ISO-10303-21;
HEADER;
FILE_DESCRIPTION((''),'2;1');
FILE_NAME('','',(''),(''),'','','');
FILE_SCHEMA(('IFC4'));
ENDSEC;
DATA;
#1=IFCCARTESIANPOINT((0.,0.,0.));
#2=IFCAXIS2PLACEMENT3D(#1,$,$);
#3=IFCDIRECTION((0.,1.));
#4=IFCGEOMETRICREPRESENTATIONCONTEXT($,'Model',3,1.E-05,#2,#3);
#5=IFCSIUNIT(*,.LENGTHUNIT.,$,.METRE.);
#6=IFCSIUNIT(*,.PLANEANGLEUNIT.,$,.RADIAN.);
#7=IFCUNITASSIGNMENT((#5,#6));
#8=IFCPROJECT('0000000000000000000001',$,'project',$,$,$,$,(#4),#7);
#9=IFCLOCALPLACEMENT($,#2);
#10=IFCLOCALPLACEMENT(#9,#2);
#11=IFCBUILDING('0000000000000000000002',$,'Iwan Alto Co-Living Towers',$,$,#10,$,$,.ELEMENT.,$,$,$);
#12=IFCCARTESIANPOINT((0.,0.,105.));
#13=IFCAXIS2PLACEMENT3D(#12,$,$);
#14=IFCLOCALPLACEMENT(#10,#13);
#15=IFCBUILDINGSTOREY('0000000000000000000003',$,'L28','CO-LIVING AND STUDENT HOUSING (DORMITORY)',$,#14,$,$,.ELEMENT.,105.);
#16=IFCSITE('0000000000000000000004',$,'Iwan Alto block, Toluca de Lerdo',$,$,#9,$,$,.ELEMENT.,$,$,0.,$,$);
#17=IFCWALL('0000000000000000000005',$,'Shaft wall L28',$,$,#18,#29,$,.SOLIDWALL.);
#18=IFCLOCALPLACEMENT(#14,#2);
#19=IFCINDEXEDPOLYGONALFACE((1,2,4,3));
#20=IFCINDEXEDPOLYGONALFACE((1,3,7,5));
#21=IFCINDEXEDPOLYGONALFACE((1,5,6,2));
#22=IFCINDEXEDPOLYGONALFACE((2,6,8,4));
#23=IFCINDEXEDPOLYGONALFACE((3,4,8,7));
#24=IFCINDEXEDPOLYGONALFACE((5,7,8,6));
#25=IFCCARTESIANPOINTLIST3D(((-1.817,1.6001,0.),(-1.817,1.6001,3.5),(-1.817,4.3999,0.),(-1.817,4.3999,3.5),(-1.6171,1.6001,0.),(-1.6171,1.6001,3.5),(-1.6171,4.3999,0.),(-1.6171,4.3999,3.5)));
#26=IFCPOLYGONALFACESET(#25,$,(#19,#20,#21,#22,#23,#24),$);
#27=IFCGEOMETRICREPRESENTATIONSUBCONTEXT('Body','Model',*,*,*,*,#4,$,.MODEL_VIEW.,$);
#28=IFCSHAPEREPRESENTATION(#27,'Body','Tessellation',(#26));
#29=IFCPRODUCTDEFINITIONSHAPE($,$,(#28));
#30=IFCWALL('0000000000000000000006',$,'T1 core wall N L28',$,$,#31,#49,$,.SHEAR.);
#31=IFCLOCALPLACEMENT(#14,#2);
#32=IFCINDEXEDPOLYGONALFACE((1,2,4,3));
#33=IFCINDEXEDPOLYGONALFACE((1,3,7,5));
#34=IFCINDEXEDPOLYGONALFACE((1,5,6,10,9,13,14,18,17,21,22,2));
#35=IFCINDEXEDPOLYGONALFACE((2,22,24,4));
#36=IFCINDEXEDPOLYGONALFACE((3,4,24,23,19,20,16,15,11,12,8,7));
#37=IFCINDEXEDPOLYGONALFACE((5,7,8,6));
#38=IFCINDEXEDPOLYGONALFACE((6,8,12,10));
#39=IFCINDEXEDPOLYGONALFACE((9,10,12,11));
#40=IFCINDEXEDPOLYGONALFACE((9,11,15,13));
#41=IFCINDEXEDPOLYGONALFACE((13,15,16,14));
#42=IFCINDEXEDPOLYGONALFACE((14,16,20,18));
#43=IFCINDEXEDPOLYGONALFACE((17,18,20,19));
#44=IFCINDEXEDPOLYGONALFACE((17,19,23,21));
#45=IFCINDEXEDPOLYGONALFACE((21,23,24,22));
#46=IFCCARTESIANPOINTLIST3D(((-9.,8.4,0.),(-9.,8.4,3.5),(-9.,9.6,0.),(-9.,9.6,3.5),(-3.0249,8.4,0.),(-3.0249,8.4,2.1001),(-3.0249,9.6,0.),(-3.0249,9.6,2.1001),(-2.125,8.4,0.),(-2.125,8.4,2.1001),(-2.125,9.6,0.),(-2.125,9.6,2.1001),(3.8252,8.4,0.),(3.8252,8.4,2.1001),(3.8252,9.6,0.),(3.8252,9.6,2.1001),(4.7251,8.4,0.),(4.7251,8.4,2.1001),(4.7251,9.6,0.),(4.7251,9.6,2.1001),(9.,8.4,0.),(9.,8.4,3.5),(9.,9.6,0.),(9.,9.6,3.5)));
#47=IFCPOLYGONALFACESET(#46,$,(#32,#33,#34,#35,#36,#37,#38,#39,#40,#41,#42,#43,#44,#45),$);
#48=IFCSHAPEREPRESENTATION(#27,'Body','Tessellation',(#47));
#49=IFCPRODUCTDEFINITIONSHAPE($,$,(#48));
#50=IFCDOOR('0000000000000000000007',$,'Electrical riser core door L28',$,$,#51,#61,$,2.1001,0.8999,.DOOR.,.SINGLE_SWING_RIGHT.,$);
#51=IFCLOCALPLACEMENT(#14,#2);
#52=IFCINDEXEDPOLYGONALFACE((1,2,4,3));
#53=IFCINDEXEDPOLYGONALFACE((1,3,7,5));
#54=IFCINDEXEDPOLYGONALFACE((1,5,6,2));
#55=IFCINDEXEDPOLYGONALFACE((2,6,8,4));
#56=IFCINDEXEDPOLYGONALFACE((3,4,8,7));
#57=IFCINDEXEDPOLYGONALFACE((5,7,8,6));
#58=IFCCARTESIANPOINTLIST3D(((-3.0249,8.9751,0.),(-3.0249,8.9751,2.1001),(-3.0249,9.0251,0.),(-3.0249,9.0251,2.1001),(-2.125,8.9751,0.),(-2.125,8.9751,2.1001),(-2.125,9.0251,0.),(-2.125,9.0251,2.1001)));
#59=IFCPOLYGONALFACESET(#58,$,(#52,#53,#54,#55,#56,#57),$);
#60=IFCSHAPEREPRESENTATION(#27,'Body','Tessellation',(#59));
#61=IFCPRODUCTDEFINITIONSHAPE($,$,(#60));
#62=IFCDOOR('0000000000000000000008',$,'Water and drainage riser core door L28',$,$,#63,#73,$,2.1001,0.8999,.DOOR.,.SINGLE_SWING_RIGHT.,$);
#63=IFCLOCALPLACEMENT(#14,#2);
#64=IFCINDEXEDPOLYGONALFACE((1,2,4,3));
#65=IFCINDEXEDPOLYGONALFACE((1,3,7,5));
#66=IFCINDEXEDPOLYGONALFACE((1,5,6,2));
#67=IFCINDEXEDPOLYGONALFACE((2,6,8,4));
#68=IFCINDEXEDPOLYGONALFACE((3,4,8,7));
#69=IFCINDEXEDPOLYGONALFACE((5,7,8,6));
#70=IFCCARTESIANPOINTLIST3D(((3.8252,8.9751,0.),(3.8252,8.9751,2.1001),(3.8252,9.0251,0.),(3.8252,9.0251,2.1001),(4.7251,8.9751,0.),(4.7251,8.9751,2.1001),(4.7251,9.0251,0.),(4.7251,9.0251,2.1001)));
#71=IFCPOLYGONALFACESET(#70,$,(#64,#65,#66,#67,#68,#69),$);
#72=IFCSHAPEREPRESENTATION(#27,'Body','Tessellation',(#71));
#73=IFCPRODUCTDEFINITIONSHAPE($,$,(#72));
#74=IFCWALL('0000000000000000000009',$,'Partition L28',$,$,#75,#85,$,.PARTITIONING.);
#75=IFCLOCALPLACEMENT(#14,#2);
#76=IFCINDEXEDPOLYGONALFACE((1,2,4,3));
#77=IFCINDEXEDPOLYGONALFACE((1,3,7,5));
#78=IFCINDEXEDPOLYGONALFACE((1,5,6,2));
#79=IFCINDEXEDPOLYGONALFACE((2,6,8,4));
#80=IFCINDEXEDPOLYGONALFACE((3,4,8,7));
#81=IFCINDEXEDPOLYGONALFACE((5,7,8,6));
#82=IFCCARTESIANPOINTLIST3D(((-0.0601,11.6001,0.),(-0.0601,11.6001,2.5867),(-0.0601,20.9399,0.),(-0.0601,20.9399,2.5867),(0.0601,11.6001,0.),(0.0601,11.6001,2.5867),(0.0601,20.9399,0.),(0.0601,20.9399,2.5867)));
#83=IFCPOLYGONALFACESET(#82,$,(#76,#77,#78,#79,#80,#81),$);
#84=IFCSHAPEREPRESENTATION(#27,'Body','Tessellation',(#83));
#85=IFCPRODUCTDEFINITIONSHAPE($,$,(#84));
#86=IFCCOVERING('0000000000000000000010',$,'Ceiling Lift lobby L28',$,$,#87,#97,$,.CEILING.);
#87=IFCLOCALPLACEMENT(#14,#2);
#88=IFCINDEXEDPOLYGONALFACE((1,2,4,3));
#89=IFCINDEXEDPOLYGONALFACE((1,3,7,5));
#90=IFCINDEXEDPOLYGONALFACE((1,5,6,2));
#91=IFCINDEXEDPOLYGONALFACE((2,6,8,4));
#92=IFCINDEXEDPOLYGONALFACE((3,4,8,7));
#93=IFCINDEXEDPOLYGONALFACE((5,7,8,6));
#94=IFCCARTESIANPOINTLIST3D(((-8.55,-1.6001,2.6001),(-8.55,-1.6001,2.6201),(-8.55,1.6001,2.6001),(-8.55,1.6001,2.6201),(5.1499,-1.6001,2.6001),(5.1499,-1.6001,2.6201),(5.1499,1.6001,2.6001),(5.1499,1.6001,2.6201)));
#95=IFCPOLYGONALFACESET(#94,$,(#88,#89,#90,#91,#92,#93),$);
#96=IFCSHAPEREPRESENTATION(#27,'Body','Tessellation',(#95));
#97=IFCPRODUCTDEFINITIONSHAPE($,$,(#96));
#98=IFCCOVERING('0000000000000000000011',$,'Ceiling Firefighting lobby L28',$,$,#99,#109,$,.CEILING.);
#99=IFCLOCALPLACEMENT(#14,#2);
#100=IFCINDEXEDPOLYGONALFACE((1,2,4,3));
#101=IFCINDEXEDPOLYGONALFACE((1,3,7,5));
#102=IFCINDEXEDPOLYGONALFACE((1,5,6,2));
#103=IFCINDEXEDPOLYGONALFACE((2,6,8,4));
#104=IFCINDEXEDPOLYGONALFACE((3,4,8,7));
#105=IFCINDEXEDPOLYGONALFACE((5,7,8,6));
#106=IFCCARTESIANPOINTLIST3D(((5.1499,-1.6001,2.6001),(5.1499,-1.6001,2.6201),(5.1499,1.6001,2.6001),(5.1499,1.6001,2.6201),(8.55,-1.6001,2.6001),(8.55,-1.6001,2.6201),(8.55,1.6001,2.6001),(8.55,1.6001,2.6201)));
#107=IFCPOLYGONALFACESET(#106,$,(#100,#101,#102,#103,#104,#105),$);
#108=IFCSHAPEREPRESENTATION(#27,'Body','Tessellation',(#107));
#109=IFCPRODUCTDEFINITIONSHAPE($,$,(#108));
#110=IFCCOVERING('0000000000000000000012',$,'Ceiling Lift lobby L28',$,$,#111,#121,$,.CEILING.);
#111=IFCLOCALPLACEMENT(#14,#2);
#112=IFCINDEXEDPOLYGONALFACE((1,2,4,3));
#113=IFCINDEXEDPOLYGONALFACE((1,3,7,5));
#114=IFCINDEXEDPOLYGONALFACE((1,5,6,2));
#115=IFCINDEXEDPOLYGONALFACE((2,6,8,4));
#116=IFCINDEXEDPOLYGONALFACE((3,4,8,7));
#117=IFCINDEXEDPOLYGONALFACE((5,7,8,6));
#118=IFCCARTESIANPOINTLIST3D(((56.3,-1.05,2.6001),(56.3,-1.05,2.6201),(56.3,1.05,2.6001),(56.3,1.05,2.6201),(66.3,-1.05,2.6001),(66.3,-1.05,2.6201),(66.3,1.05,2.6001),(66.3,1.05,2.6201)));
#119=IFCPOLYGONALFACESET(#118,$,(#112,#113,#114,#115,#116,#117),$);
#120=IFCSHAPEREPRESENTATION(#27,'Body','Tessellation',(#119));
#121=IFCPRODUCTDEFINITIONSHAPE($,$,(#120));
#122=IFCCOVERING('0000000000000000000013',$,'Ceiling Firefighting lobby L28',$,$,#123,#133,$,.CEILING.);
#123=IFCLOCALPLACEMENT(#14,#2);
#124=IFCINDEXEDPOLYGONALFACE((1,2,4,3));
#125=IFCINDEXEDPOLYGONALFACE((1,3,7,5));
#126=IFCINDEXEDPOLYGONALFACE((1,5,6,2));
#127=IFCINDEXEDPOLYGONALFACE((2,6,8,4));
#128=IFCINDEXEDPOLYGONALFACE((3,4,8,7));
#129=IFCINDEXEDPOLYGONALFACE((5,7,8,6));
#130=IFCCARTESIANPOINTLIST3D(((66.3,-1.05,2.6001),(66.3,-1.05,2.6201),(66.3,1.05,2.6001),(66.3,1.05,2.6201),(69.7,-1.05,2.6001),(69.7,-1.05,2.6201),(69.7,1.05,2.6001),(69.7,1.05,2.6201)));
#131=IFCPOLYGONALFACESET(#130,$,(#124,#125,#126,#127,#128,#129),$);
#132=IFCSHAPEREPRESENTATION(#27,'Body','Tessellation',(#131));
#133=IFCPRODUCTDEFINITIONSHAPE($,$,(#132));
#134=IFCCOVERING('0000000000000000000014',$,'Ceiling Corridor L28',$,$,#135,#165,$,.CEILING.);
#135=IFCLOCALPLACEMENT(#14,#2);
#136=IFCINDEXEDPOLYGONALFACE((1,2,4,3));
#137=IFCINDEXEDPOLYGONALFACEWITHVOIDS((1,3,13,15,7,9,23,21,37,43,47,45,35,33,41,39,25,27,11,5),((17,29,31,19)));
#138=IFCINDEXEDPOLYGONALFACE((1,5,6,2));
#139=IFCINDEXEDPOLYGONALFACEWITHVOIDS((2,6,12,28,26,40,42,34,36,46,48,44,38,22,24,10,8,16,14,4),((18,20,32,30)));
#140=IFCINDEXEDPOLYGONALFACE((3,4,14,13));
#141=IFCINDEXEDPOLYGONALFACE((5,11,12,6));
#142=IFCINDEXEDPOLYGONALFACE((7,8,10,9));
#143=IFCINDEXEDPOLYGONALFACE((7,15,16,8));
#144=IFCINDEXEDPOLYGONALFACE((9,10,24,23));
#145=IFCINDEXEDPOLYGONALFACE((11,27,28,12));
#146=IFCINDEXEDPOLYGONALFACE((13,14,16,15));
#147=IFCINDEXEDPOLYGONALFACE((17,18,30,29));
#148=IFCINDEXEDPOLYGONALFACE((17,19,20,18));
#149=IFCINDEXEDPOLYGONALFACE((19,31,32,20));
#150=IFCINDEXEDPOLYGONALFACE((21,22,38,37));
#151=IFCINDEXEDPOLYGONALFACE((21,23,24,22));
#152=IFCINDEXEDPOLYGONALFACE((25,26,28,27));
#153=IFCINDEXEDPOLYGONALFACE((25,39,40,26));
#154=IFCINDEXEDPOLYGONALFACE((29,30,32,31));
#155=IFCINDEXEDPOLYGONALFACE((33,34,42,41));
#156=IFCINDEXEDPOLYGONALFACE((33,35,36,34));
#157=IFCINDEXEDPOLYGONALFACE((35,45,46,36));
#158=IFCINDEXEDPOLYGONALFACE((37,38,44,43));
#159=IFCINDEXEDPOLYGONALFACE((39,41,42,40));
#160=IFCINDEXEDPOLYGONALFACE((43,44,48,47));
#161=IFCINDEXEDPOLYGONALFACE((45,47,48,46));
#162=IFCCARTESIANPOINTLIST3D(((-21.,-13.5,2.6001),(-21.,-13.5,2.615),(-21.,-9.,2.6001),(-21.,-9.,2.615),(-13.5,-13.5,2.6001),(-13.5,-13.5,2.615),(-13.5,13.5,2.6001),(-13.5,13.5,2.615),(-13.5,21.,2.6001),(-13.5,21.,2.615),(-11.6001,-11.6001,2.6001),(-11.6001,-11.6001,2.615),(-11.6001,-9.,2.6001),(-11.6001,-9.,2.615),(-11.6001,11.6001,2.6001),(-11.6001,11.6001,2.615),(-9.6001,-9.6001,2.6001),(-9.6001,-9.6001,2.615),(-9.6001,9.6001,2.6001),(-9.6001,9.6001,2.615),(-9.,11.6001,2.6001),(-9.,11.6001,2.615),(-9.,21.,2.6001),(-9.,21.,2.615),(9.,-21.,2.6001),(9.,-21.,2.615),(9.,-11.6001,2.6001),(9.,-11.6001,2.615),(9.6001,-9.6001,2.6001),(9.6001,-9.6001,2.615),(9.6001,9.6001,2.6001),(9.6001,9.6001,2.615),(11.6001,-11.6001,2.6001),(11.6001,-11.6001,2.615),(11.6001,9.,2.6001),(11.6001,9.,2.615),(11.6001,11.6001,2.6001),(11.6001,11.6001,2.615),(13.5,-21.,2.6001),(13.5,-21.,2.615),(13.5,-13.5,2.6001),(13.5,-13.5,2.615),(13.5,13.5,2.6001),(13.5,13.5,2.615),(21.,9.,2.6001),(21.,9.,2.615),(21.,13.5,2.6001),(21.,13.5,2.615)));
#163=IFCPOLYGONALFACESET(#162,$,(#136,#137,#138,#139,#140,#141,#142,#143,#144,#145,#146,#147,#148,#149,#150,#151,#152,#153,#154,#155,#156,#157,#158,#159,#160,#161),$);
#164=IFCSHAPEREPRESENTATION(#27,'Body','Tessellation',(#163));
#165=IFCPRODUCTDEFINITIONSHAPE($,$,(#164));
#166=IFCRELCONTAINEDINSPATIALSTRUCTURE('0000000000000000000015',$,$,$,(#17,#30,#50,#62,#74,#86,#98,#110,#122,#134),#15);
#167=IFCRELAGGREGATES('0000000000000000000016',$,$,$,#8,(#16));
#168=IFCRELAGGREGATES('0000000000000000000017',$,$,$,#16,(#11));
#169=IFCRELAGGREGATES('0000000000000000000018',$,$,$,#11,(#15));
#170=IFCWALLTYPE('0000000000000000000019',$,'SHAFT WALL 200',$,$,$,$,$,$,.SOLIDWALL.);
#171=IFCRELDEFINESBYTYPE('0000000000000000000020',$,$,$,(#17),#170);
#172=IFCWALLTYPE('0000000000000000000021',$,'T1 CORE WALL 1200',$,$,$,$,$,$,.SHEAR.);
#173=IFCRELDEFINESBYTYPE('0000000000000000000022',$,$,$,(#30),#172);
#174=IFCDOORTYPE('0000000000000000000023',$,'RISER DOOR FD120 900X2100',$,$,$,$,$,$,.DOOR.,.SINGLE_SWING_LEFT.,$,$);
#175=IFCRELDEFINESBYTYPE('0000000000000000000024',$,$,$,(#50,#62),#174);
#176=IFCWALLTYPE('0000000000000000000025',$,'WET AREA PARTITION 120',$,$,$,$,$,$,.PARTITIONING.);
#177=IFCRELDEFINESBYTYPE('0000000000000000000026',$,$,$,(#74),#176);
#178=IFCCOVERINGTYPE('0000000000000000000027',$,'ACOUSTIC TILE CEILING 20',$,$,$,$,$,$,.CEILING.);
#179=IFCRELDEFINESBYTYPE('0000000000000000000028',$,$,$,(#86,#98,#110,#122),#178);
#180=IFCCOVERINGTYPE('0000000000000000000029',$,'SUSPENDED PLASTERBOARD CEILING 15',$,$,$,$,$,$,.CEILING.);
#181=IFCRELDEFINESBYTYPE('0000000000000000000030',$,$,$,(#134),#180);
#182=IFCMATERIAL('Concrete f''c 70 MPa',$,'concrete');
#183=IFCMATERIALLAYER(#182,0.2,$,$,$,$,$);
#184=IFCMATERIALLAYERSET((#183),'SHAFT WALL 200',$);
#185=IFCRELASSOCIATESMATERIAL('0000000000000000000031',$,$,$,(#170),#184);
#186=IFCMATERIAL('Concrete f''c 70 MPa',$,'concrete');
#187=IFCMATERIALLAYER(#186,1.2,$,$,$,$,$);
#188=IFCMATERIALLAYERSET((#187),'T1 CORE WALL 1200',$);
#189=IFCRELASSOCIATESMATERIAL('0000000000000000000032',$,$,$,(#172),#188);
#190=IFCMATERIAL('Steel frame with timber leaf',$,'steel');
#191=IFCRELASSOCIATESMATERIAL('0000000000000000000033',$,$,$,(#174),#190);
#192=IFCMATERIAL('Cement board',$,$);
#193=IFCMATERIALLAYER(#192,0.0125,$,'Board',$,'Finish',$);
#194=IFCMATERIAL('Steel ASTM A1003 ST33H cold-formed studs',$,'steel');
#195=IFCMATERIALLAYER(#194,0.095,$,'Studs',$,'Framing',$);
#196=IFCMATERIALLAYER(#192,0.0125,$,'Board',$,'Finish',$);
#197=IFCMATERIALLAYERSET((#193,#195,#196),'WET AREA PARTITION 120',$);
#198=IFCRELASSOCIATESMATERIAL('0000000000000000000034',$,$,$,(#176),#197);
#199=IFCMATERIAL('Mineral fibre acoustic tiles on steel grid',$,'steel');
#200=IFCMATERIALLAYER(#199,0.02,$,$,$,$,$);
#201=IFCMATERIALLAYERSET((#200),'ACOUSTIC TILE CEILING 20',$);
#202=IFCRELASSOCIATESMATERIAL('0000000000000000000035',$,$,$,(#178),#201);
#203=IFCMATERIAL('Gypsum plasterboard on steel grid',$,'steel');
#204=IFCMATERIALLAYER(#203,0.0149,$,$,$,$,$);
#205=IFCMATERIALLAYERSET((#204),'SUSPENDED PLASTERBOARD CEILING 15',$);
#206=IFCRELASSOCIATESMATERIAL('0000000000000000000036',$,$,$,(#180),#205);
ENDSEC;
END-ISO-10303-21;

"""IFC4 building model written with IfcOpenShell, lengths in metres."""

from ifc_helpers import new_model, si_unit, direction, frame, frame_2d, origin, place, context, subcontext, project, spatial, polyline, rectangle, outline, extrude, material, layer, layer_set, type_object, element, fill, save


model = new_model("IFC4")

# Units and contexts
model_context = context("Model", 3, precision=1e-05, world=origin(), true_north=direction((0.0, 1.0)))
body_context = subcontext(model_context, "Body", "Model", "MODEL_VIEW")
ifc_project = project(units=[si_unit("LENGTHUNIT", "METRE"), si_unit("PLANEANGLEUNIT", "RADIAN")], contexts=[model_context])

# Site, building, storey
site_placement = place(None, origin())
site = spatial("IfcSite", under=ifc_project, at=site_placement, Name="Iwan Alto block, Toluca de Lerdo", CompositionType="ELEMENT", RefElevation=0.0)
building_placement = place(site_placement, origin())
building = spatial("IfcBuilding", under=site, at=building_placement, Name="Iwan Alto Co-Living Towers", CompositionType="ELEMENT")
storey_placement = place(building_placement, frame((0.0, 0.0, 105.0)))
storey = spatial("IfcBuildingStorey", under=building, at=storey_placement, Name="L28", Description="CO-LIVING AND STUDENT HOUSING (DORMITORY)", CompositionType="ELEMENT", Elevation=105.0)

# Wall
ifc_material_1 = material(Name="Concrete f'c 70 MPa", Category="concrete")
ifc_layer_1 = layer(ifc_material_1, 0.2)
ifc_layer_set_1 = layer_set([ifc_layer_1], Name="SHAFT WALL 200")
wall_type_1 = type_object("IfcWallType", Name="SHAFT WALL 200", PredefinedType="SOLIDWALL", material=ifc_layer_set_1)
wall_1_placement = place(storey_placement, frame((-1.717, 1.6001, 0.0), z_axis=(0.0, 0.0, 1.0), x_axis=(0.0, 1.0, 0.0)))
element("IfcWall", 1, at=wall_1_placement, inside=storey, type_object=wall_type_1, Name="Shaft wall L28", PredefinedType="SOLIDWALL", context=body_context, shape_type="SweptSolid", body=[
    extrude(rectangle(XDim=2.7998, YDim=0.2, at=frame_2d((1.3999, 0.0))), origin(), (0.0, 0.0, 1.0), 3.5),
])

# Wall, openings, doors
ifc_material_2 = material(Name="Concrete f'c 70 MPa", Category="concrete")
ifc_layer_2 = layer(ifc_material_2, 1.2)
ifc_layer_set_2 = layer_set([ifc_layer_2], Name="T1 CORE WALL 1200")
wall_type_2 = type_object("IfcWallType", Name="T1 CORE WALL 1200", PredefinedType="SHEAR", material=ifc_layer_set_2)
wall_2_placement = place(storey_placement, frame((9.0, 9.0, 0.0), z_axis=(0.0, 0.0, 1.0), x_axis=(-1.0, 0.0, 0.0)))
wall_2 = element("IfcWall", 2, at=wall_2_placement, inside=storey, type_object=wall_type_2, Name="T1 core wall N L28", PredefinedType="SHEAR", context=body_context, shape_type="SweptSolid", body=[
    extrude(rectangle(XDim=18.0, YDim=1.2, at=frame_2d((9.0, 0.0))), origin(), (0.0, 0.0, 1.0), 3.5),
])
opening_1_placement = place(wall_2_placement, frame((11.125, 0.0, 0.0)))
opening_1 = element("IfcOpeningElement", 3, at=opening_1_placement, cuts=wall_2, PredefinedType="OPENING", context=body_context, shape_type="SweptSolid", body=[
    extrude(rectangle(XDim=0.8999, YDim=2.1001, at=frame_2d((0.45, 1.05))), frame((0.0, 0.6099, 0.0), z_axis=(0.0, -1.0, 0.0), x_axis=(1.0, 0.0, 0.0)), (0.0, 0.0, 1.0), 1.22),
])
opening_2_placement = place(wall_2_placement, frame((4.2749, 0.0, 0.0)))
opening_2 = element("IfcOpeningElement", 4, at=opening_2_placement, cuts=wall_2, PredefinedType="OPENING", context=body_context, shape_type="SweptSolid", body=[
    extrude(rectangle(XDim=0.8999, YDim=2.1001, at=frame_2d((0.45, 1.05))), frame((0.0, 0.6099, 0.0), z_axis=(0.0, -1.0, 0.0), x_axis=(1.0, 0.0, 0.0)), (0.0, 0.0, 1.0), 1.22),
])
ifc_material_3 = material(Name="Steel frame with timber leaf", Category="steel")
door_type = type_object("IfcDoorType", Name="RISER DOOR FD120 900X2100", OperationType="SINGLE_SWING_LEFT", PredefinedType="DOOR", material=ifc_material_3)
door_1_placement = place(opening_1_placement, origin())
door_1 = element("IfcDoor", 5, at=door_1_placement, inside=storey, type_object=door_type, Name="Electrical riser core door L28", OperationType="SINGLE_SWING_RIGHT", OverallHeight=2.1001, OverallWidth=0.8999, PredefinedType="DOOR", context=body_context, shape_type="SweptSolid", body=[
    extrude(rectangle(XDim=0.8999, YDim=2.1001, at=frame_2d((0.45, 1.05))), frame((0.0, 0.0249, 0.0), z_axis=(0.0, -1.0, 0.0), x_axis=(1.0, 0.0, 0.0)), (0.0, 0.0, 1.0), 0.05),
])
fill(opening_1, door_1)
door_2_placement = place(opening_2_placement, origin())
door_2 = element("IfcDoor", 6, at=door_2_placement, inside=storey, type_object=door_type, Name="Water and drainage riser core door L28", OperationType="SINGLE_SWING_RIGHT", OverallHeight=2.1001, OverallWidth=0.8999, PredefinedType="DOOR", context=body_context, shape_type="SweptSolid", body=[
    extrude(rectangle(XDim=0.8999, YDim=2.1001, at=frame_2d((0.45, 1.05))), frame((0.0, 0.0249, 0.0), z_axis=(0.0, -1.0, 0.0), x_axis=(1.0, 0.0, 0.0)), (0.0, 0.0, 1.0), 0.05),
])
fill(opening_2, door_2)

# Wall
ifc_material_4 = material(Name="Cement board")
ifc_layer_3 = layer(ifc_material_4, 0.0125, Name="Board", Category="Finish")
ifc_material_5 = material(Name="Steel ASTM A1003 ST33H cold-formed studs", Category="steel")
ifc_layer_4 = layer(ifc_material_5, 0.095, Name="Studs", Category="Framing")
ifc_layer_5 = layer(ifc_material_4, 0.0125, Name="Board", Category="Finish")
ifc_layer_set_3 = layer_set([ifc_layer_3, ifc_layer_4, ifc_layer_5], Name="WET AREA PARTITION 120")
wall_type_3 = type_object("IfcWallType", Name="WET AREA PARTITION 120", PredefinedType="PARTITIONING", material=ifc_layer_set_3)
wall_3_placement = place(storey_placement, frame((0.0, 11.6001, 0.0), z_axis=(0.0, 0.0, 1.0), x_axis=(0.0, 1.0, 0.0)))
element("IfcWall", 7, at=wall_3_placement, inside=storey, type_object=wall_type_3, Name="Partition L28", PredefinedType="PARTITIONING", context=body_context, shape_type="SweptSolid", body=[
    extrude(rectangle(XDim=9.3398, YDim=0.1201, at=frame_2d((4.6699, 0.0))), origin(), (0.0, 0.0, 1.0), 2.5867),
])

# Coverings
ifc_material_6 = material(Name="Mineral fibre acoustic tiles on steel grid", Category="steel")
ifc_layer_6 = layer(ifc_material_6, 0.02)
ifc_layer_set_4 = layer_set([ifc_layer_6], Name="ACOUSTIC TILE CEILING 20")
covering_type_1 = type_object("IfcCoveringType", Name="ACOUSTIC TILE CEILING 20", PredefinedType="CEILING", material=ifc_layer_set_4)
covering_1_placement = place(storey_placement, frame((0.0, 0.0, 2.6001)))
element("IfcCovering", 8, at=covering_1_placement, inside=storey, type_object=covering_type_1, Name="Ceiling Lift lobby L28", PredefinedType="CEILING", context=body_context, shape_type="SweptSolid", body=[
    extrude(outline(polyline([(-8.55, -1.6001), (-8.55, 1.6001), (5.1499, 1.6001), (5.1499, -1.6001), (-8.55, -1.6001)])), origin(), (0.0, 0.0, 1.0), 0.02),
])
covering_2_placement = place(storey_placement, frame((0.0, 0.0, 2.6001)))
element("IfcCovering", 9, at=covering_2_placement, inside=storey, type_object=covering_type_1, Name="Ceiling Firefighting lobby L28", PredefinedType="CEILING", context=body_context, shape_type="SweptSolid", body=[
    extrude(outline(polyline([(5.1499, -1.6001), (5.1499, 1.6001), (8.55, 1.6001), (8.55, -1.6001), (5.1499, -1.6001)])), origin(), (0.0, 0.0, 1.0), 0.02),
])
covering_3_placement = place(storey_placement, frame((0.0, 0.0, 2.6001)))
element("IfcCovering", 10, at=covering_3_placement, inside=storey, type_object=covering_type_1, Name="Ceiling Lift lobby L28", PredefinedType="CEILING", context=body_context, shape_type="SweptSolid", body=[
    extrude(outline(polyline([(56.3, -1.05), (56.3, 1.05), (66.3, 1.05), (66.3, -1.05), (56.3, -1.05)])), origin(), (0.0, 0.0, 1.0), 0.02),
])
covering_4_placement = place(storey_placement, frame((0.0, 0.0, 2.6001)))
element("IfcCovering", 11, at=covering_4_placement, inside=storey, type_object=covering_type_1, Name="Ceiling Firefighting lobby L28", PredefinedType="CEILING", context=body_context, shape_type="SweptSolid", body=[
    extrude(outline(polyline([(66.3, -1.05), (66.3, 1.05), (69.7, 1.05), (69.7, -1.05), (66.3, -1.05)])), origin(), (0.0, 0.0, 1.0), 0.02),
])
ifc_material_7 = material(Name="Gypsum plasterboard on steel grid", Category="steel")
ifc_layer_7 = layer(ifc_material_7, 0.0149)
ifc_layer_set_5 = layer_set([ifc_layer_7], Name="SUSPENDED PLASTERBOARD CEILING 15")
covering_type_2 = type_object("IfcCoveringType", Name="SUSPENDED PLASTERBOARD CEILING 15", PredefinedType="CEILING", material=ifc_layer_set_5)
covering_5_placement = place(storey_placement, frame((0.0, 0.0, 2.6001)))
element("IfcCovering", 12, at=covering_5_placement, inside=storey, type_object=covering_type_2, Name="Ceiling Corridor L28", PredefinedType="CEILING", context=body_context, shape_type="SweptSolid", body=[
    extrude(outline(polyline([(13.5, -21.0), (9.0, -21.0), (9.0, -11.6001), (-11.6001, -11.6001), (-13.5, -13.5), (-21.0, -13.5), (-21.0, -9.0), (-11.6001, -9.0), (-11.6001, 11.6001), (-13.5, 13.5), (-13.5, 21.0), (-9.0, 21.0), (-9.0, 11.6001), (11.6001, 11.6001), (13.5, 13.5), (21.0, 13.5), (21.0, 9.0), (11.6001, 9.0), (11.6001, -11.6001), (13.5, -13.5), (13.5, -21.0)]), holes=[polyline([(9.6001, -9.6001), (9.6001, 9.6001), (-9.6001, 9.6001), (-9.6001, -9.6001), (9.6001, -9.6001)])]), origin(), (0.0, 0.0, 1.0), 0.0149),
])

save(model, "model.ifc")
